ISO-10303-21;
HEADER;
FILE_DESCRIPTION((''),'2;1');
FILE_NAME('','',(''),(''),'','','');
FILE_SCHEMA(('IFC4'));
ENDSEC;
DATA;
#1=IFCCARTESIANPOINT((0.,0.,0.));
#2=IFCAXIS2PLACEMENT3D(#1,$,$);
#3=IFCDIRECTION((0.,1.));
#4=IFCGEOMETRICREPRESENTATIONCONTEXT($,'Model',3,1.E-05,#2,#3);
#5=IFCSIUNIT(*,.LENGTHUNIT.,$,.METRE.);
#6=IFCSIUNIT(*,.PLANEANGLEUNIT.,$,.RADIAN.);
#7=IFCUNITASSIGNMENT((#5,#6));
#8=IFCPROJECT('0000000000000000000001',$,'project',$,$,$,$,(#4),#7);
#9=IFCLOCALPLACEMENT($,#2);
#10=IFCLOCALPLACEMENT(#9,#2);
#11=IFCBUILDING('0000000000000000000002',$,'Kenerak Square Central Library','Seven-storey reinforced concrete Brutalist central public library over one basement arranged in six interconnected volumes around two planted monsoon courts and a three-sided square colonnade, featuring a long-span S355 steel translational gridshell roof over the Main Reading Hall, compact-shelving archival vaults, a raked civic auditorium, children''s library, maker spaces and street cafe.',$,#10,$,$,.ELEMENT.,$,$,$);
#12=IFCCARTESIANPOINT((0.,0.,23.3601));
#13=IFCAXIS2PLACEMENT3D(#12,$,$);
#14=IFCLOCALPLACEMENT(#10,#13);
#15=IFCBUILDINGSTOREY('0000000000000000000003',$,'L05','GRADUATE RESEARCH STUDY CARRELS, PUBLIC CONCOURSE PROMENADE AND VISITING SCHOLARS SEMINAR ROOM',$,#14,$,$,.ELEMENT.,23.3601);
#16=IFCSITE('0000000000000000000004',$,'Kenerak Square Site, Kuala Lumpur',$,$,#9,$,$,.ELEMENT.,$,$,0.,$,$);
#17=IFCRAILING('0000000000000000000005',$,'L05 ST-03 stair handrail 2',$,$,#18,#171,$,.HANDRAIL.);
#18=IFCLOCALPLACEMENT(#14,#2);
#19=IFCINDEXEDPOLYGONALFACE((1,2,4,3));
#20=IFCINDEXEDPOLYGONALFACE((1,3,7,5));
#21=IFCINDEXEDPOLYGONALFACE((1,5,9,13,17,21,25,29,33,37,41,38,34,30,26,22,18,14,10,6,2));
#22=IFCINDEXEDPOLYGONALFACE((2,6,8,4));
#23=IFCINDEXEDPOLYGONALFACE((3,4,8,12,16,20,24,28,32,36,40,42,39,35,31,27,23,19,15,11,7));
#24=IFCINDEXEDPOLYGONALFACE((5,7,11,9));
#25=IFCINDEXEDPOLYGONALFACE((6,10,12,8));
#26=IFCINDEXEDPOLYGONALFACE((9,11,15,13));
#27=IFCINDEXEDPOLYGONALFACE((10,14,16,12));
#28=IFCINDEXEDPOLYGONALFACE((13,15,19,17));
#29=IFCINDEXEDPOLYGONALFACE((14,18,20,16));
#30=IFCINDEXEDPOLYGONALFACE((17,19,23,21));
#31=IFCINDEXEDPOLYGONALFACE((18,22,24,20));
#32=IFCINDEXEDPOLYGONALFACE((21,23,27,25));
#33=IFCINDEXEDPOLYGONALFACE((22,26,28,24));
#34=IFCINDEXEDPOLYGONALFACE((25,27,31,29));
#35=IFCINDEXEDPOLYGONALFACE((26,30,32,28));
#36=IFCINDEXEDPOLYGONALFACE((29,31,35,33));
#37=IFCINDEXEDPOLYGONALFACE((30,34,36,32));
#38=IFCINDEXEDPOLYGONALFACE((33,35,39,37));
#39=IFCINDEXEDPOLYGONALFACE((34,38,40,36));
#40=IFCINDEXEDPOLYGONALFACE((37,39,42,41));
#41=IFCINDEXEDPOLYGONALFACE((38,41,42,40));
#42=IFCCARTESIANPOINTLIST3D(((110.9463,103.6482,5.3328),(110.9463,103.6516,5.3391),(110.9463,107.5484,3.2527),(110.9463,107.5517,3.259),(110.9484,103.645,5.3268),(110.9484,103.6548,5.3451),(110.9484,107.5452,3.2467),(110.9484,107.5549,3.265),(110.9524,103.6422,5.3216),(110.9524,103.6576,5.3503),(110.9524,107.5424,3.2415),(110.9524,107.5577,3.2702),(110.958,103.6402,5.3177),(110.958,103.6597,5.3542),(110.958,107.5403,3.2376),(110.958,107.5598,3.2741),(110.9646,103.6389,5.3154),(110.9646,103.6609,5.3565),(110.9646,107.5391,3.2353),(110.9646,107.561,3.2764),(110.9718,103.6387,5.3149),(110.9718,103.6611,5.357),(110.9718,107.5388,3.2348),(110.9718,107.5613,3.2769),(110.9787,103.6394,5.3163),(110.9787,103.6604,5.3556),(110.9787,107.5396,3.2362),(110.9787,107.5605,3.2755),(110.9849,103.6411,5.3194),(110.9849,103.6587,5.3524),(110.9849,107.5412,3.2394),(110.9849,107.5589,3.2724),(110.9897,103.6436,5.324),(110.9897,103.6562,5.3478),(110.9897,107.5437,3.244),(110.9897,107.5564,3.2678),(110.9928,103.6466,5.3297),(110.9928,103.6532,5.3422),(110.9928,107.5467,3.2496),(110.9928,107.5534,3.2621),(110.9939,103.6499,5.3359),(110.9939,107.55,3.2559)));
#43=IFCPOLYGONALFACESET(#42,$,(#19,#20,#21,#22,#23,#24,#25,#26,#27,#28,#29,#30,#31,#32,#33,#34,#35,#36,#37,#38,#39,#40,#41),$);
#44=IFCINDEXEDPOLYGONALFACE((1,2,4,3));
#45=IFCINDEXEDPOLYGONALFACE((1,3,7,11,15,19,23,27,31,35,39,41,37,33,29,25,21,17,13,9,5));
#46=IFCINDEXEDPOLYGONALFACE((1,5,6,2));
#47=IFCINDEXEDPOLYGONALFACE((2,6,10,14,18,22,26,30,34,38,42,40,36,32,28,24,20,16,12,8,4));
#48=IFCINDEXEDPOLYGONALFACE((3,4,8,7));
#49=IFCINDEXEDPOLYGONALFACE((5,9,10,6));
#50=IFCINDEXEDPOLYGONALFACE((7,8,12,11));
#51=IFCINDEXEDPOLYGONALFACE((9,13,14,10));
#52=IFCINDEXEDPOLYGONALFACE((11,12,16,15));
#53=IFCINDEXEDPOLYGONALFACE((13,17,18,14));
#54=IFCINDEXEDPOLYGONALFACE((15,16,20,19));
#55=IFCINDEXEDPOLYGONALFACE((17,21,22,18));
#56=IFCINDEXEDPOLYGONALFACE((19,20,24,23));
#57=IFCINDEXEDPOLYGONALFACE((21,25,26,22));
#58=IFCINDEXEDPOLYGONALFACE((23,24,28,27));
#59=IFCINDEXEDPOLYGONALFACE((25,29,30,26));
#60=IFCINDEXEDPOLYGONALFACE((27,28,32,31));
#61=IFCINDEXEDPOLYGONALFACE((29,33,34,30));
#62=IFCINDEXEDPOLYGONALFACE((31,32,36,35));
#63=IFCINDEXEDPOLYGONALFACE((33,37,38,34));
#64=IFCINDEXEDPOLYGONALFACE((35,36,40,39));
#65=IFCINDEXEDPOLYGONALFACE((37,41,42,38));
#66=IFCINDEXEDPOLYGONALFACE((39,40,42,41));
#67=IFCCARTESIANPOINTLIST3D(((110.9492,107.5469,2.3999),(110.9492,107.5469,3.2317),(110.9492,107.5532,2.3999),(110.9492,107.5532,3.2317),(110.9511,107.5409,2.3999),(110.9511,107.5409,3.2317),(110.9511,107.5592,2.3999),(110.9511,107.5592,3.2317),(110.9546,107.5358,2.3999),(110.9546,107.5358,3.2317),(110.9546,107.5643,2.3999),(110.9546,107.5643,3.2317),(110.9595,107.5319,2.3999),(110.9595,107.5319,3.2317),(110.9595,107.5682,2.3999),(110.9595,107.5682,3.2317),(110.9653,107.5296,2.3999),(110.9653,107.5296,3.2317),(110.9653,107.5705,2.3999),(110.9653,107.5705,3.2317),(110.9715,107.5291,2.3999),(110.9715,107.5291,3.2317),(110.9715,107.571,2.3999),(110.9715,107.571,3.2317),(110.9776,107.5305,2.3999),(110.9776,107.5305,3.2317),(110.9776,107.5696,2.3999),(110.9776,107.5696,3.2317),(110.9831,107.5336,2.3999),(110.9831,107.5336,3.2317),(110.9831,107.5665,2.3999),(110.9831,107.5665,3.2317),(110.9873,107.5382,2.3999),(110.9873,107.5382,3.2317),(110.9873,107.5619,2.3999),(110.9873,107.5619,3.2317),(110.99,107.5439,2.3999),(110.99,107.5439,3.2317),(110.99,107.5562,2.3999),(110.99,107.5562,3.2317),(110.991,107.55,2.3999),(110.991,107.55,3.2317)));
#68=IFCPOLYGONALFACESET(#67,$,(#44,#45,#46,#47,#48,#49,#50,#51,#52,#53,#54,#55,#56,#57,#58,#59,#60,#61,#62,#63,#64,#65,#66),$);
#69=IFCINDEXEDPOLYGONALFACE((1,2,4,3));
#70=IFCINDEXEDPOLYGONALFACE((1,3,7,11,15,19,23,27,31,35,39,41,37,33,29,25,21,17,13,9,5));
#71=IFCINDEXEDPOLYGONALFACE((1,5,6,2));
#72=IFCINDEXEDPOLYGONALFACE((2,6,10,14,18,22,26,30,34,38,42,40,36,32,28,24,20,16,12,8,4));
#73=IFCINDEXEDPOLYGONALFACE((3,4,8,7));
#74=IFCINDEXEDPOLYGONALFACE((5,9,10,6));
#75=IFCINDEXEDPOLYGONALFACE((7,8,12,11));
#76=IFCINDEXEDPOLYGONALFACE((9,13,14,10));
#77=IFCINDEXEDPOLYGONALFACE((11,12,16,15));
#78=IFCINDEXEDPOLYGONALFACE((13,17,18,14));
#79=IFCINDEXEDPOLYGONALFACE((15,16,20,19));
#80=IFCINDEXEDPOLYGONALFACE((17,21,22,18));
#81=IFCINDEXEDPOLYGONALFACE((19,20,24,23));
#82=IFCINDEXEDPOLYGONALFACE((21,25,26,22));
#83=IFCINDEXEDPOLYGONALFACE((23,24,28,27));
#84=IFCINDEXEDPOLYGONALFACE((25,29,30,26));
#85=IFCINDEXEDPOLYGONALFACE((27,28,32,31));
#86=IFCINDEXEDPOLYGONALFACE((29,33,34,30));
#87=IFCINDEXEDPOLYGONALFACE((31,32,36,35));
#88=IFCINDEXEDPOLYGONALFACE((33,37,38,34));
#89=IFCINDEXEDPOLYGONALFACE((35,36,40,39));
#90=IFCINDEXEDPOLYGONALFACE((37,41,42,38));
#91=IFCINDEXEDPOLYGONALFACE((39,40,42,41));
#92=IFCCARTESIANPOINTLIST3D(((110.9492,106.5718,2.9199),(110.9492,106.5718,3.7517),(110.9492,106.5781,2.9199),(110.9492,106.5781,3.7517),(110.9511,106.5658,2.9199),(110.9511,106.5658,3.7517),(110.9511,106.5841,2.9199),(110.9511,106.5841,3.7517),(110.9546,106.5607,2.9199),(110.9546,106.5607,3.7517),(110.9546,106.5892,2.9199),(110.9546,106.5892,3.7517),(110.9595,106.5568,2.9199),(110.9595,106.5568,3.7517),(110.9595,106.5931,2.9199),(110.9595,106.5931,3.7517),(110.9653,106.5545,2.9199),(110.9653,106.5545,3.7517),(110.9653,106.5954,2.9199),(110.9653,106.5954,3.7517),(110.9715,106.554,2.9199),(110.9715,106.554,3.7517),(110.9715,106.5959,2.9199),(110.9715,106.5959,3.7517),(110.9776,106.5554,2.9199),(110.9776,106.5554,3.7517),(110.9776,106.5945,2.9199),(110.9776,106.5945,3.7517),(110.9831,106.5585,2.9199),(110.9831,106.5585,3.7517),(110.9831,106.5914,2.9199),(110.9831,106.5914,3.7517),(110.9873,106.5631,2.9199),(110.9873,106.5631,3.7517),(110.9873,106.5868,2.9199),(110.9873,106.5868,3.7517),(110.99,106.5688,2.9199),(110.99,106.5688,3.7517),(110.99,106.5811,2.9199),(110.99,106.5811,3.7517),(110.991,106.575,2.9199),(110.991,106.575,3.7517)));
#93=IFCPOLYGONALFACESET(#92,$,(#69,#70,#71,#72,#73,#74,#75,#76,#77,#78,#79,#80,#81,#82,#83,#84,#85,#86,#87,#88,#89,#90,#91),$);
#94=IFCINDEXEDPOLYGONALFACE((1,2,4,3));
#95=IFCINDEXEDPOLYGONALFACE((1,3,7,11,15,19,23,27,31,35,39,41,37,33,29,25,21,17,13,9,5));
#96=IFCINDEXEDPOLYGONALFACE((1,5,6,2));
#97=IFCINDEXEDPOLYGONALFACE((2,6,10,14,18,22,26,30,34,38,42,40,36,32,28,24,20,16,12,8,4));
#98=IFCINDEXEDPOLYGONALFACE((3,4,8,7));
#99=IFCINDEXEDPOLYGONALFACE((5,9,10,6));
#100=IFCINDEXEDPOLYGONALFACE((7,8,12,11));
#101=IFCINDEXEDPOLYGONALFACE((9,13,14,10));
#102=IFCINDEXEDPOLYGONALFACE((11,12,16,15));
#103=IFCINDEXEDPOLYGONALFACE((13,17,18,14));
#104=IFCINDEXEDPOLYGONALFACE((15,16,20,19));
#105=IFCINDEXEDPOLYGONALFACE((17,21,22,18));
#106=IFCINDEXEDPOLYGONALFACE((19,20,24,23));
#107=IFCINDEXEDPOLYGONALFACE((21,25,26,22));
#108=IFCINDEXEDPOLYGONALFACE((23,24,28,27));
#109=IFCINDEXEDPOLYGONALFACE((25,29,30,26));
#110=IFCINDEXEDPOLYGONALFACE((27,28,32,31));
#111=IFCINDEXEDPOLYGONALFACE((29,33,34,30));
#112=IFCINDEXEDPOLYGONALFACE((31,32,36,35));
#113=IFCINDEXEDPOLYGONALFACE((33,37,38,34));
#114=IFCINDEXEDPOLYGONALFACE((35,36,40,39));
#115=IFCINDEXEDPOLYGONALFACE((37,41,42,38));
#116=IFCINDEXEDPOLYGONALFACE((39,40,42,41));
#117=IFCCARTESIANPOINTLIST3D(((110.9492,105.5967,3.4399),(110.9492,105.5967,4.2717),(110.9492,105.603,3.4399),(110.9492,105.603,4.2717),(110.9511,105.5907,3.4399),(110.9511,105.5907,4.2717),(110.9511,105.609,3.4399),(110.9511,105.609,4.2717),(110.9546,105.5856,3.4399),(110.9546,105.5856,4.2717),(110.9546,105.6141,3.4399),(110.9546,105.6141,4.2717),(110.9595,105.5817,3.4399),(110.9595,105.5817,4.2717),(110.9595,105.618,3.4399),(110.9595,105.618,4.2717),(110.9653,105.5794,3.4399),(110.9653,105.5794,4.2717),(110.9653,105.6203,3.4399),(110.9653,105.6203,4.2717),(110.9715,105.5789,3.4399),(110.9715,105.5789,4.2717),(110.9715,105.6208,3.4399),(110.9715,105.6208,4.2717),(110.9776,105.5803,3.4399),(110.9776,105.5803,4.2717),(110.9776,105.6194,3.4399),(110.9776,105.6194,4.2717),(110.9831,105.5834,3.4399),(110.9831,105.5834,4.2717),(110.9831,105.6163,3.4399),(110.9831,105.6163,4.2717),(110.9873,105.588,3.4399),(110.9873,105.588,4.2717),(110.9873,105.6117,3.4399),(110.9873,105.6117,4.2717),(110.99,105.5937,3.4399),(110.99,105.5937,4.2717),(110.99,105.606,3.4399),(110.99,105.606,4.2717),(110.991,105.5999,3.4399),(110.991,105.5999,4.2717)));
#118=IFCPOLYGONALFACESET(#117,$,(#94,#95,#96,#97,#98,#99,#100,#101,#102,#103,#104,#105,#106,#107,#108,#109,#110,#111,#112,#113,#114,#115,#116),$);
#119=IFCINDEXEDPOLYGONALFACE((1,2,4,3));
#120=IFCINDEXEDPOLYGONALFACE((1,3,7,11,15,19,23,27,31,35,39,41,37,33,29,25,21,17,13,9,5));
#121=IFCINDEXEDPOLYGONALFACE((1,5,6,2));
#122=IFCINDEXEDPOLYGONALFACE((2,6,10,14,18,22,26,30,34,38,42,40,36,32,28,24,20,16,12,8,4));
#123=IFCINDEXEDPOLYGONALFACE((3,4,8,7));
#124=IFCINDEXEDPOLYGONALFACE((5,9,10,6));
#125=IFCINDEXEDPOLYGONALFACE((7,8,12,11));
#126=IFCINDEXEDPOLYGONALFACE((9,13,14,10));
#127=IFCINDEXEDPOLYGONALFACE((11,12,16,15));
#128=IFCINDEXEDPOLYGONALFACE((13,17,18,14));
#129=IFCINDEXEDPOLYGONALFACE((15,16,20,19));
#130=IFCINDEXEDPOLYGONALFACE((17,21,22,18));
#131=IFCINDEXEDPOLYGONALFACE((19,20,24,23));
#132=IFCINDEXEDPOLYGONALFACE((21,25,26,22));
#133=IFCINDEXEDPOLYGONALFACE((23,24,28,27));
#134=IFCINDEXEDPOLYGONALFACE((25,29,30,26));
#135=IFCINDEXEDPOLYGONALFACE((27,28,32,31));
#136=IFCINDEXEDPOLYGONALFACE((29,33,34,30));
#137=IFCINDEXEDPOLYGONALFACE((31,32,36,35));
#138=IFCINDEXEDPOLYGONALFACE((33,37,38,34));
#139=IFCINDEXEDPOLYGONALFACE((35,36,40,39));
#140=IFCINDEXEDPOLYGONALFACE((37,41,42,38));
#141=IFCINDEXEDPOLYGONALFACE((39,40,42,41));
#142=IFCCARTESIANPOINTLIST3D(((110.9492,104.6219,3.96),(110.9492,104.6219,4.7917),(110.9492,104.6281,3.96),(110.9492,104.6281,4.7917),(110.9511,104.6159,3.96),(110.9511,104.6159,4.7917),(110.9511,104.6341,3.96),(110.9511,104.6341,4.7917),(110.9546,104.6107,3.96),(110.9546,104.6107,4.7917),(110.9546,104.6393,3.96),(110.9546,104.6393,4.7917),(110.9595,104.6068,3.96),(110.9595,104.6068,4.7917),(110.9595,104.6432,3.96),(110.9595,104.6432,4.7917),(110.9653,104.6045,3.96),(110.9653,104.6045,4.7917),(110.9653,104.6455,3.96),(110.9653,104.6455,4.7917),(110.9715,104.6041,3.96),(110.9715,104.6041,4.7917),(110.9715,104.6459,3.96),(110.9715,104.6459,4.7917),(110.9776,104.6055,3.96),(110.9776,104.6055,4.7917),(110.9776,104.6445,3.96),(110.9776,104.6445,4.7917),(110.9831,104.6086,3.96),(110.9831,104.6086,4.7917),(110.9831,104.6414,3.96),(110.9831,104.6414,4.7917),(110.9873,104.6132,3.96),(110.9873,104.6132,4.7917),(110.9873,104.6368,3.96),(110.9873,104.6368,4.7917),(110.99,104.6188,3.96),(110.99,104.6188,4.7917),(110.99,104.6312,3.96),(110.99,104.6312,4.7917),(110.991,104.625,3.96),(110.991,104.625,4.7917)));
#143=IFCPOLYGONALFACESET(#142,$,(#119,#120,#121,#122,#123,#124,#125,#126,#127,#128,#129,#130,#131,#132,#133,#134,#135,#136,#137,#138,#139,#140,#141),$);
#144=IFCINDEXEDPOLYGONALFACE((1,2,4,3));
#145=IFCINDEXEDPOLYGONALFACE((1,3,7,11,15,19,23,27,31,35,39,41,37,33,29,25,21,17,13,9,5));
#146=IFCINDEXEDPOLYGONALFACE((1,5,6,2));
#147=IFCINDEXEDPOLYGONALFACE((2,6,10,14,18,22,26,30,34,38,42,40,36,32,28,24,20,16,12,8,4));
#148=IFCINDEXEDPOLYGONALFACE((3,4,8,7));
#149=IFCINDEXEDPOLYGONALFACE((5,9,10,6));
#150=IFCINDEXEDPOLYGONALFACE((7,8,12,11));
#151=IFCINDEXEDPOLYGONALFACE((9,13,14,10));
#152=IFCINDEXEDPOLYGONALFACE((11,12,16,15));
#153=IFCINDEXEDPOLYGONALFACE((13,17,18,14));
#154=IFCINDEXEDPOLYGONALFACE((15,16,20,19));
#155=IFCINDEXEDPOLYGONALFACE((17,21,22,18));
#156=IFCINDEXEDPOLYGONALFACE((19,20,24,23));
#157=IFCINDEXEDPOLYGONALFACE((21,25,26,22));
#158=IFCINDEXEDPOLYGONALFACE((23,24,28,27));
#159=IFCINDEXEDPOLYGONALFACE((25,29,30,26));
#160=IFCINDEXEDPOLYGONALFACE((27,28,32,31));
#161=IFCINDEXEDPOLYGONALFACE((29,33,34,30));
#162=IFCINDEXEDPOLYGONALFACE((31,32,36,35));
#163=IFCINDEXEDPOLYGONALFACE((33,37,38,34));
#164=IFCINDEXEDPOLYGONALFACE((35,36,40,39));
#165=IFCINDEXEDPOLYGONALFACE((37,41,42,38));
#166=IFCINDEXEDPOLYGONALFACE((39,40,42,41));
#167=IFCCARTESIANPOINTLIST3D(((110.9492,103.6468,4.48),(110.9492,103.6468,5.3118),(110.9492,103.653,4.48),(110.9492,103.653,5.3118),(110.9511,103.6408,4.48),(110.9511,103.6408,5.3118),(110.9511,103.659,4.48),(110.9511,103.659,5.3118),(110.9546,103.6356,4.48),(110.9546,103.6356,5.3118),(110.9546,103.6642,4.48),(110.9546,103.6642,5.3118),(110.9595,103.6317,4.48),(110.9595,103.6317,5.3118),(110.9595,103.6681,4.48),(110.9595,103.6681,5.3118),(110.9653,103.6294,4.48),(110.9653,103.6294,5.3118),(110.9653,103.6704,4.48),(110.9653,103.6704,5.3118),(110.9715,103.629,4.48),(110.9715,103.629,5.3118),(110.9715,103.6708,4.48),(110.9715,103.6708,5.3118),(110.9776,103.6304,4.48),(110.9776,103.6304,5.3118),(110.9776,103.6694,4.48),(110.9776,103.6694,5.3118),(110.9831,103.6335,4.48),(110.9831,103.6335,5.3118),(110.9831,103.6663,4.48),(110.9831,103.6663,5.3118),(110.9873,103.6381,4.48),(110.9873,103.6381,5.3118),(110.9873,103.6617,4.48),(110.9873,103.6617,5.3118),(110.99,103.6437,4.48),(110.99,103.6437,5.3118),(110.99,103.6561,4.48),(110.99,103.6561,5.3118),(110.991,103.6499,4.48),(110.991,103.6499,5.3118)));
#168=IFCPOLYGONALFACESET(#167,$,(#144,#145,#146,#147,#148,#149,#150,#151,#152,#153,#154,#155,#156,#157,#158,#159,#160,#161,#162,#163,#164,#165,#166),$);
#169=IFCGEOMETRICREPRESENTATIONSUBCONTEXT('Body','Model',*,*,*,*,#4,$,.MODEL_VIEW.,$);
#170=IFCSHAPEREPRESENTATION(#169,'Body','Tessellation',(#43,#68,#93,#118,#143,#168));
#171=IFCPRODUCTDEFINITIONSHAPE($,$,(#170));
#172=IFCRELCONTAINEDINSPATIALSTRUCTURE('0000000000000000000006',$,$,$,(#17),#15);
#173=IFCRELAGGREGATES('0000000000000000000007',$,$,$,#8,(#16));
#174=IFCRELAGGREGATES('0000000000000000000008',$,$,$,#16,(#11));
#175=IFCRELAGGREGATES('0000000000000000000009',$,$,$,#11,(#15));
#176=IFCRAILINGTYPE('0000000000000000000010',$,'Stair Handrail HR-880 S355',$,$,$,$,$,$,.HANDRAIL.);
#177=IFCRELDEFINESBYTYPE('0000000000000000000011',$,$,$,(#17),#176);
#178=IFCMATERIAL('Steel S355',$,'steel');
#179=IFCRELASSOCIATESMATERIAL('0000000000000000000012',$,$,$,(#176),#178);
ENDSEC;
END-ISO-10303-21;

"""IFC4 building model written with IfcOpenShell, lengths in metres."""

from ifc_helpers import new_model, si_unit, direction, frame, origin, origin_2d, place, context, subcontext, project, spatial, circle, extrude, material, type_object, element, save


model = new_model("IFC4")

# Units and contexts
model_context = context("Model", 3, precision=1e-05, world=origin(), true_north=direction((0.0, 1.0)))
body_context = subcontext(model_context, "Body", "Model", "MODEL_VIEW")
ifc_project = project(units=[si_unit("LENGTHUNIT", "METRE"), si_unit("PLANEANGLEUNIT", "RADIAN")], contexts=[model_context])

# Site, building, storey
site_placement = place(None, origin())
site = spatial("IfcSite", under=ifc_project, at=site_placement, Name="Kenerak Square Site, Kuala Lumpur", CompositionType="ELEMENT", RefElevation=0.0)
building_placement = place(site_placement, origin())
building = spatial("IfcBuilding", under=site, at=building_placement, Name="Kenerak Square Central Library", Description="Seven-storey reinforced concrete Brutalist central public library over one basement arranged in six interconnected volumes around two planted monsoon courts and a three-sided square colonnade, featuring a long-span S355 steel translational gridshell roof over the Main Reading Hall, compact-shelving archival vaults, a raked civic auditorium, children's library, maker spaces and street cafe.", CompositionType="ELEMENT")
storey_placement = place(building_placement, frame((0.0, 0.0, 23.3601)))
storey = spatial("IfcBuildingStorey", under=building, at=storey_placement, Name="L05", Description="GRADUATE RESEARCH STUDY CARRELS, PUBLIC CONCOURSE PROMENADE AND VISITING SCHOLARS SEMINAR ROOM", CompositionType="ELEMENT", Elevation=23.3601)

# Shared definitions
ifc_material_1 = material(Name="Steel S355", Category="steel")

# Railing
railing_type_1 = type_object("IfcRailingType", Name="Stair Handrail HR-880 S355", PredefinedType="HANDRAIL", material=ifc_material_1)
railing_1_placement = place(storey_placement, frame((110.97, 107.55, 2.3999)))
element("IfcRailing", 1, at=railing_1_placement, inside=storey, type_object=railing_type_1, Name="L05 ST-03 stair handrail 2", PredefinedType="HANDRAIL", context=body_context, shape_type="SweptSolid", body=[
    extrude(circle(Radius=0.0239, at=origin_2d()), frame((0.0, 0.0, 0.856), z_axis=(0.0, -0.882353, 0.470588), x_axis=(1.0, 0.0, 0.0)), (0.0, 0.0, 1.0), 4.4202),
    extrude(circle(Radius=0.021, at=origin_2d()), origin(), (0.0, 0.0, 1.0), 0.8318),
    extrude(circle(Radius=0.021, at=origin_2d()), frame((0.0, -0.9751, 0.52)), (0.0, 0.0, 1.0), 0.8318),
    extrude(circle(Radius=0.021, at=origin_2d()), frame((0.0, -1.9502, 1.04)), (0.0, 0.0, 1.0), 0.8318),
    extrude(circle(Radius=0.021, at=origin_2d()), frame((0.0, -2.925, 1.5601)), (0.0, 0.0, 1.0), 0.8318),
    extrude(circle(Radius=0.021, at=origin_2d()), frame((0.0, -3.9001, 2.0801)), (0.0, 0.0, 1.0), 0.8318),
])

save(model, "model.ifc")
